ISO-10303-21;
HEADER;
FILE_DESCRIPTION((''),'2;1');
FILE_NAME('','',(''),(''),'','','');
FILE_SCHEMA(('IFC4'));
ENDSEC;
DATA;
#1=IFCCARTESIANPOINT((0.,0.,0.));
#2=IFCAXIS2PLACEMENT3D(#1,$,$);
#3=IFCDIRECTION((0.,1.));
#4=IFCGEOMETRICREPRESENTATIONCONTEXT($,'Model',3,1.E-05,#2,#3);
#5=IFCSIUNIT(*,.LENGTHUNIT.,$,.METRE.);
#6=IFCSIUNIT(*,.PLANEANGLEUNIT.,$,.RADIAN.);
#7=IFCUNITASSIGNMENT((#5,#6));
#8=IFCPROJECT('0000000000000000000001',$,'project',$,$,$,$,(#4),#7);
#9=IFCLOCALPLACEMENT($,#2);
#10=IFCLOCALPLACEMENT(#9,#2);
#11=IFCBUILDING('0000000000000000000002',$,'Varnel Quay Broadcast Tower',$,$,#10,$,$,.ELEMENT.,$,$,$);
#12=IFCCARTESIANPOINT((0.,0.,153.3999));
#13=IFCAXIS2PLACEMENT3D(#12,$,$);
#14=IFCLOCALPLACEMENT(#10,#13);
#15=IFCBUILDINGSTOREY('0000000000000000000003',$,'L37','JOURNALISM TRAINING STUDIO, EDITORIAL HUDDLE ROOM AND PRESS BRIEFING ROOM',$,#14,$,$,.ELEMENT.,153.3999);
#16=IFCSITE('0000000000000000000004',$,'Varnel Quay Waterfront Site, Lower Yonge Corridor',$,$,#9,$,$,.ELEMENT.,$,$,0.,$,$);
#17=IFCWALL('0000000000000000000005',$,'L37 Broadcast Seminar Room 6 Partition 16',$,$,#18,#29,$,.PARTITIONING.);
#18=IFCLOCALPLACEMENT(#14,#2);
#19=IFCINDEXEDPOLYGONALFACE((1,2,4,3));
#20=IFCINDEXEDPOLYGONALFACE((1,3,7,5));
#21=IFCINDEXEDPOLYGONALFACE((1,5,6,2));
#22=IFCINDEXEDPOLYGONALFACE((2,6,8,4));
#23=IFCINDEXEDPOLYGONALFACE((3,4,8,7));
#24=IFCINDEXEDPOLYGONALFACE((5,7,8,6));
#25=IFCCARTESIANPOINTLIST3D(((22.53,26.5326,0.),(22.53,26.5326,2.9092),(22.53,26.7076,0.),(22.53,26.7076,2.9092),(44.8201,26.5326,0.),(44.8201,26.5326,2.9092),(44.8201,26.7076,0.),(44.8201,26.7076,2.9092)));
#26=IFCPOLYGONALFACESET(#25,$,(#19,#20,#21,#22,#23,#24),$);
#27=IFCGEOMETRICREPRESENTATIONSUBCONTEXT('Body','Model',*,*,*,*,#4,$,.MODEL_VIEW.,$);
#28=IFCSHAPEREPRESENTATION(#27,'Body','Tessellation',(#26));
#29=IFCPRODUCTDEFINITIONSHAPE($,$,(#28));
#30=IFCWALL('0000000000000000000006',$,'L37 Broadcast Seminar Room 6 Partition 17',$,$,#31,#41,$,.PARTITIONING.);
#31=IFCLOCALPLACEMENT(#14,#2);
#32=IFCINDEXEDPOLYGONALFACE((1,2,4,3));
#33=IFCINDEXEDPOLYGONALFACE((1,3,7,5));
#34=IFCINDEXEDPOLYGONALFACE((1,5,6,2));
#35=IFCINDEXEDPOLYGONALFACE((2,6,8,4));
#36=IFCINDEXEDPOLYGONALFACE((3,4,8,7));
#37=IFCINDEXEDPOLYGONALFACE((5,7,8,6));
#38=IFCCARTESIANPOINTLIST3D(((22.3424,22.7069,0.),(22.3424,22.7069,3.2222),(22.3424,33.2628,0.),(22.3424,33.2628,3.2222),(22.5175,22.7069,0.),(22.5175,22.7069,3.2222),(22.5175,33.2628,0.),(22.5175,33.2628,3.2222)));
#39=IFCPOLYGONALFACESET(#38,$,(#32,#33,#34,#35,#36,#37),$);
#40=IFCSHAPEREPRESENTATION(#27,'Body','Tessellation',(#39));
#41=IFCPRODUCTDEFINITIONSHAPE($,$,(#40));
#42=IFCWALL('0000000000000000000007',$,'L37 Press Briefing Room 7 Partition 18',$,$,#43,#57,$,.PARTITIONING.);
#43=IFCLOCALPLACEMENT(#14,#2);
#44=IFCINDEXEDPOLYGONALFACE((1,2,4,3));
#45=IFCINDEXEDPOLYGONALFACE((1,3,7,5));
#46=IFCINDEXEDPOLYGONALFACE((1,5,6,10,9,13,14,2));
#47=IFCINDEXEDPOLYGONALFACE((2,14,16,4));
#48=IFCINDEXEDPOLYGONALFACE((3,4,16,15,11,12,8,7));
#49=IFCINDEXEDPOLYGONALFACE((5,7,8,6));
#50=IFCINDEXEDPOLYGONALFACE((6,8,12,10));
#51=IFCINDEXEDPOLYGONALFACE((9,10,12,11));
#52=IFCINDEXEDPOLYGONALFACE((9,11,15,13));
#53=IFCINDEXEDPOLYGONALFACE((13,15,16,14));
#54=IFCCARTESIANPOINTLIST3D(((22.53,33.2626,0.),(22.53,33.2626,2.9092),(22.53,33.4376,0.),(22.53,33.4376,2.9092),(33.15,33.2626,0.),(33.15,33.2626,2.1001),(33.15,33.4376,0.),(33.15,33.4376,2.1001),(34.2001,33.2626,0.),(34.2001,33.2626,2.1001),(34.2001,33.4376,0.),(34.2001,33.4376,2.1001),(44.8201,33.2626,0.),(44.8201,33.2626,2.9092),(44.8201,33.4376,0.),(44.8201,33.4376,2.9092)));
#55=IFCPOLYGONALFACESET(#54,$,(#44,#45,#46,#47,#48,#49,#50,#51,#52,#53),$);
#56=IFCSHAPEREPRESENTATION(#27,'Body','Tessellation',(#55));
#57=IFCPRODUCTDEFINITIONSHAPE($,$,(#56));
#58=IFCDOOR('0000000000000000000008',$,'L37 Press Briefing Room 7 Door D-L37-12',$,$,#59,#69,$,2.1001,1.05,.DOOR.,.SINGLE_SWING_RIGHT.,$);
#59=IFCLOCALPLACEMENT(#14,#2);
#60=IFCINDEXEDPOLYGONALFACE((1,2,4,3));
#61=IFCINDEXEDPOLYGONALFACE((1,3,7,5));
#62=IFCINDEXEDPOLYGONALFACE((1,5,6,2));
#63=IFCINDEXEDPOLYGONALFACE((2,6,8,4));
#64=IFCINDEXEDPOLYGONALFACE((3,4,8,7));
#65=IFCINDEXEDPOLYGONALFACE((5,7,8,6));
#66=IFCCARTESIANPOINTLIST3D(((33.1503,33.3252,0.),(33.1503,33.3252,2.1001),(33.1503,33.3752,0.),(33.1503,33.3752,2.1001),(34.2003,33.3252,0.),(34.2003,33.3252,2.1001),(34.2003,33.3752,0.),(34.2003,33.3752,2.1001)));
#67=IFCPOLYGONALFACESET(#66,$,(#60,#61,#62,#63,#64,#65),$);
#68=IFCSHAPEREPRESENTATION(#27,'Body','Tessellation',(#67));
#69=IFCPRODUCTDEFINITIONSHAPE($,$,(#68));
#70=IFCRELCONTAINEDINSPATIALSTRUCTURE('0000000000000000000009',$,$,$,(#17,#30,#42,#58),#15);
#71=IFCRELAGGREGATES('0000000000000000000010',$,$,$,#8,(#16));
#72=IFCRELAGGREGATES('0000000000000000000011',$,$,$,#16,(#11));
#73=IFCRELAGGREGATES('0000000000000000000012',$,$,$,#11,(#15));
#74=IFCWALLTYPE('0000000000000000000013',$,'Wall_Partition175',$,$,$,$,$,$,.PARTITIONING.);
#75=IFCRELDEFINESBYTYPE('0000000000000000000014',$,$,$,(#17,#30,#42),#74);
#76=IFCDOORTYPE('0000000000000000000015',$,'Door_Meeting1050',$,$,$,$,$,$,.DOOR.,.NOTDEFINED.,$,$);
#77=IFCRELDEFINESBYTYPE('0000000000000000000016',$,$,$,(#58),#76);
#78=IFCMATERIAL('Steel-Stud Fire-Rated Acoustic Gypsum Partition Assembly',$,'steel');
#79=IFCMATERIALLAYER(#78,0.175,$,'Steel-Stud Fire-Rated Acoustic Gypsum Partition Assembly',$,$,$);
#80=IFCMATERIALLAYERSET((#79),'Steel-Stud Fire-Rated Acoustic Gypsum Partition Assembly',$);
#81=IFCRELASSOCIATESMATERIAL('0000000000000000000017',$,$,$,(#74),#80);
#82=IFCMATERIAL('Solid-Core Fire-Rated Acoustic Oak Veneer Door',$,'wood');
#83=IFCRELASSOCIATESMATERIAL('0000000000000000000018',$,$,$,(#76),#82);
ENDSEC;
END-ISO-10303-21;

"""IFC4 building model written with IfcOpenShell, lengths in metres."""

from ifc_helpers import new_model, si_unit, direction, frame, frame_2d, origin, place, context, subcontext, project, spatial, rectangle, extrude, source, transform, mapped, material, layer, layer_set, type_object, type_shapes, element, fill, save


model = new_model("IFC4")

# Units and contexts
model_context = context("Model", 3, precision=1e-05, world=origin(), true_north=direction((0.0, 1.0)))
body_context = subcontext(model_context, "Body", "Model", "MODEL_VIEW")
ifc_project = project(units=[si_unit("LENGTHUNIT", "METRE"), si_unit("PLANEANGLEUNIT", "RADIAN")], contexts=[model_context])

# Site, building, storey
site_placement = place(None, origin())
site = spatial("IfcSite", under=ifc_project, at=site_placement, Name="Varnel Quay Waterfront Site, Lower Yonge Corridor", CompositionType="ELEMENT", RefElevation=0.0)
building_placement = place(site_placement, origin())
building = spatial("IfcBuilding", under=site, at=building_placement, Name="Varnel Quay Broadcast Tower", CompositionType="ELEMENT")
storey_placement = place(building_placement, frame((0.0, 0.0, 153.3999)))
storey = spatial("IfcBuildingStorey", under=building, at=storey_placement, Name="L37", Description="JOURNALISM TRAINING STUDIO, EDITORIAL HUDDLE ROOM AND PRESS BRIEFING ROOM", CompositionType="ELEMENT", Elevation=153.3999)

# Shared definitions
ifc_material_1 = material(Name="Steel-Stud Fire-Rated Acoustic Gypsum Partition Assembly", Category="steel")
ifc_material_2 = material(Name="Solid-Core Fire-Rated Acoustic Oak Veneer Door", Category="wood")

# Shared definitions
ifc_layer_1 = layer(ifc_material_1, 0.175, Name="Steel-Stud Fire-Rated Acoustic Gypsum Partition Assembly")
ifc_layer_set_1 = layer_set([ifc_layer_1], Name="Steel-Stud Fire-Rated Acoustic Gypsum Partition Assembly")
wall_type_1 = type_object("IfcWallType", Name="Wall_Partition175", PredefinedType="PARTITIONING", material=ifc_layer_set_1)
door_type_1 = type_object("IfcDoorType", Name="Door_Meeting1050", OperationType="NOTDEFINED", PredefinedType="DOOR", material=ifc_material_2)
shared_shape_1 = source(origin(), body_context, "Body", "SweptSolid", [
    extrude(rectangle(XDim=1.05, YDim=2.1001, at=frame_2d((0.5249, 1.05))), frame((0.0, 0.0249, 0.0), z_axis=(0.0, -1.0, 0.0), x_axis=(1.0, 0.0, 0.0)), (0.0, 0.0, 1.0), 0.05),
])
type_shapes(door_type_1, [shared_shape_1])

# Walls
wall_1_placement = place(storey_placement, frame((22.53, 26.6201, 0.0), z_axis=(0.0, 0.0, 1.0), x_axis=(1.0, 0.0, 0.0)))
element("IfcWall", 1, at=wall_1_placement, inside=storey, type_object=wall_type_1, Name="L37 Broadcast Seminar Room 6 Partition 16", PredefinedType="PARTITIONING", context=body_context, shape_type="SweptSolid", body=[
    extrude(rectangle(XDim=22.29, YDim=0.175, at=frame_2d((11.145, 0.0))), origin(), (0.0, 0.0, 1.0), 2.9092),
])
wall_2_placement = place(storey_placement, frame((22.4299, 22.707, 0.0), z_axis=(0.0, 0.0, 1.0), x_axis=(0.0, 1.0, 0.0)))
element("IfcWall", 2, at=wall_2_placement, inside=storey, type_object=wall_type_1, Name="L37 Broadcast Seminar Room 6 Partition 17", PredefinedType="PARTITIONING", context=body_context, shape_type="SweptSolid", body=[
    extrude(rectangle(XDim=10.5559, YDim=0.175, at=frame_2d((5.2778, 0.0))), origin(), (0.0, 0.0, 1.0), 3.2222),
])

# Wall, opening, door
wall_3_placement = place(storey_placement, frame((22.53, 33.3501, 0.0), z_axis=(0.0, 0.0, 1.0), x_axis=(1.0, 0.0, 0.0)))
wall_3 = element("IfcWall", 3, at=wall_3_placement, inside=storey, type_object=wall_type_1, Name="L37 Press Briefing Room 7 Partition 18", PredefinedType="PARTITIONING", context=body_context, shape_type="SweptSolid", body=[
    extrude(rectangle(XDim=22.29, YDim=0.175, at=frame_2d((11.145, 0.0))), origin(), (0.0, 0.0, 1.0), 2.9092),
])
opening_1_placement = place(wall_3_placement, frame((10.6201, 0.0, 0.0)))
opening_1 = element("IfcOpeningElement", 4, at=opening_1_placement, cuts=wall_3, PredefinedType="OPENING", context=body_context, shape_type="SweptSolid", body=[
    extrude(rectangle(XDim=1.05, YDim=2.1001, at=frame_2d((0.5249, 1.05))), frame((0.0, 0.0977, 0.0), z_axis=(0.0, -1.0, 0.0), x_axis=(1.0, 0.0, 0.0)), (0.0, 0.0, 1.0), 0.1951),
])
door_1_placement = place(opening_1_placement, frame((1.05, 0.0, 0.0), z_axis=(0.0, 0.0, 1.0), x_axis=(-1.0, 0.0, 0.0)))
door_1 = element("IfcDoor", 5, at=door_1_placement, inside=storey, type_object=door_type_1, Name="L37 Press Briefing Room 7 Door D-L37-12", OperationType="SINGLE_SWING_RIGHT", OverallHeight=2.1001, OverallWidth=1.05, PredefinedType="DOOR", context=body_context, shape_type="MappedRepresentation", body=[
    mapped(shared_shape_1, transform((0.0, 0.0, 0.0), x_axis=(1.0, 0.0, 0.0), y_axis=(0.0, 1.0, 0.0), z_axis=(0.0, 0.0, 1.0), scale=1.0)),
])
fill(opening_1, door_1)

save(model, "model.ifc")
